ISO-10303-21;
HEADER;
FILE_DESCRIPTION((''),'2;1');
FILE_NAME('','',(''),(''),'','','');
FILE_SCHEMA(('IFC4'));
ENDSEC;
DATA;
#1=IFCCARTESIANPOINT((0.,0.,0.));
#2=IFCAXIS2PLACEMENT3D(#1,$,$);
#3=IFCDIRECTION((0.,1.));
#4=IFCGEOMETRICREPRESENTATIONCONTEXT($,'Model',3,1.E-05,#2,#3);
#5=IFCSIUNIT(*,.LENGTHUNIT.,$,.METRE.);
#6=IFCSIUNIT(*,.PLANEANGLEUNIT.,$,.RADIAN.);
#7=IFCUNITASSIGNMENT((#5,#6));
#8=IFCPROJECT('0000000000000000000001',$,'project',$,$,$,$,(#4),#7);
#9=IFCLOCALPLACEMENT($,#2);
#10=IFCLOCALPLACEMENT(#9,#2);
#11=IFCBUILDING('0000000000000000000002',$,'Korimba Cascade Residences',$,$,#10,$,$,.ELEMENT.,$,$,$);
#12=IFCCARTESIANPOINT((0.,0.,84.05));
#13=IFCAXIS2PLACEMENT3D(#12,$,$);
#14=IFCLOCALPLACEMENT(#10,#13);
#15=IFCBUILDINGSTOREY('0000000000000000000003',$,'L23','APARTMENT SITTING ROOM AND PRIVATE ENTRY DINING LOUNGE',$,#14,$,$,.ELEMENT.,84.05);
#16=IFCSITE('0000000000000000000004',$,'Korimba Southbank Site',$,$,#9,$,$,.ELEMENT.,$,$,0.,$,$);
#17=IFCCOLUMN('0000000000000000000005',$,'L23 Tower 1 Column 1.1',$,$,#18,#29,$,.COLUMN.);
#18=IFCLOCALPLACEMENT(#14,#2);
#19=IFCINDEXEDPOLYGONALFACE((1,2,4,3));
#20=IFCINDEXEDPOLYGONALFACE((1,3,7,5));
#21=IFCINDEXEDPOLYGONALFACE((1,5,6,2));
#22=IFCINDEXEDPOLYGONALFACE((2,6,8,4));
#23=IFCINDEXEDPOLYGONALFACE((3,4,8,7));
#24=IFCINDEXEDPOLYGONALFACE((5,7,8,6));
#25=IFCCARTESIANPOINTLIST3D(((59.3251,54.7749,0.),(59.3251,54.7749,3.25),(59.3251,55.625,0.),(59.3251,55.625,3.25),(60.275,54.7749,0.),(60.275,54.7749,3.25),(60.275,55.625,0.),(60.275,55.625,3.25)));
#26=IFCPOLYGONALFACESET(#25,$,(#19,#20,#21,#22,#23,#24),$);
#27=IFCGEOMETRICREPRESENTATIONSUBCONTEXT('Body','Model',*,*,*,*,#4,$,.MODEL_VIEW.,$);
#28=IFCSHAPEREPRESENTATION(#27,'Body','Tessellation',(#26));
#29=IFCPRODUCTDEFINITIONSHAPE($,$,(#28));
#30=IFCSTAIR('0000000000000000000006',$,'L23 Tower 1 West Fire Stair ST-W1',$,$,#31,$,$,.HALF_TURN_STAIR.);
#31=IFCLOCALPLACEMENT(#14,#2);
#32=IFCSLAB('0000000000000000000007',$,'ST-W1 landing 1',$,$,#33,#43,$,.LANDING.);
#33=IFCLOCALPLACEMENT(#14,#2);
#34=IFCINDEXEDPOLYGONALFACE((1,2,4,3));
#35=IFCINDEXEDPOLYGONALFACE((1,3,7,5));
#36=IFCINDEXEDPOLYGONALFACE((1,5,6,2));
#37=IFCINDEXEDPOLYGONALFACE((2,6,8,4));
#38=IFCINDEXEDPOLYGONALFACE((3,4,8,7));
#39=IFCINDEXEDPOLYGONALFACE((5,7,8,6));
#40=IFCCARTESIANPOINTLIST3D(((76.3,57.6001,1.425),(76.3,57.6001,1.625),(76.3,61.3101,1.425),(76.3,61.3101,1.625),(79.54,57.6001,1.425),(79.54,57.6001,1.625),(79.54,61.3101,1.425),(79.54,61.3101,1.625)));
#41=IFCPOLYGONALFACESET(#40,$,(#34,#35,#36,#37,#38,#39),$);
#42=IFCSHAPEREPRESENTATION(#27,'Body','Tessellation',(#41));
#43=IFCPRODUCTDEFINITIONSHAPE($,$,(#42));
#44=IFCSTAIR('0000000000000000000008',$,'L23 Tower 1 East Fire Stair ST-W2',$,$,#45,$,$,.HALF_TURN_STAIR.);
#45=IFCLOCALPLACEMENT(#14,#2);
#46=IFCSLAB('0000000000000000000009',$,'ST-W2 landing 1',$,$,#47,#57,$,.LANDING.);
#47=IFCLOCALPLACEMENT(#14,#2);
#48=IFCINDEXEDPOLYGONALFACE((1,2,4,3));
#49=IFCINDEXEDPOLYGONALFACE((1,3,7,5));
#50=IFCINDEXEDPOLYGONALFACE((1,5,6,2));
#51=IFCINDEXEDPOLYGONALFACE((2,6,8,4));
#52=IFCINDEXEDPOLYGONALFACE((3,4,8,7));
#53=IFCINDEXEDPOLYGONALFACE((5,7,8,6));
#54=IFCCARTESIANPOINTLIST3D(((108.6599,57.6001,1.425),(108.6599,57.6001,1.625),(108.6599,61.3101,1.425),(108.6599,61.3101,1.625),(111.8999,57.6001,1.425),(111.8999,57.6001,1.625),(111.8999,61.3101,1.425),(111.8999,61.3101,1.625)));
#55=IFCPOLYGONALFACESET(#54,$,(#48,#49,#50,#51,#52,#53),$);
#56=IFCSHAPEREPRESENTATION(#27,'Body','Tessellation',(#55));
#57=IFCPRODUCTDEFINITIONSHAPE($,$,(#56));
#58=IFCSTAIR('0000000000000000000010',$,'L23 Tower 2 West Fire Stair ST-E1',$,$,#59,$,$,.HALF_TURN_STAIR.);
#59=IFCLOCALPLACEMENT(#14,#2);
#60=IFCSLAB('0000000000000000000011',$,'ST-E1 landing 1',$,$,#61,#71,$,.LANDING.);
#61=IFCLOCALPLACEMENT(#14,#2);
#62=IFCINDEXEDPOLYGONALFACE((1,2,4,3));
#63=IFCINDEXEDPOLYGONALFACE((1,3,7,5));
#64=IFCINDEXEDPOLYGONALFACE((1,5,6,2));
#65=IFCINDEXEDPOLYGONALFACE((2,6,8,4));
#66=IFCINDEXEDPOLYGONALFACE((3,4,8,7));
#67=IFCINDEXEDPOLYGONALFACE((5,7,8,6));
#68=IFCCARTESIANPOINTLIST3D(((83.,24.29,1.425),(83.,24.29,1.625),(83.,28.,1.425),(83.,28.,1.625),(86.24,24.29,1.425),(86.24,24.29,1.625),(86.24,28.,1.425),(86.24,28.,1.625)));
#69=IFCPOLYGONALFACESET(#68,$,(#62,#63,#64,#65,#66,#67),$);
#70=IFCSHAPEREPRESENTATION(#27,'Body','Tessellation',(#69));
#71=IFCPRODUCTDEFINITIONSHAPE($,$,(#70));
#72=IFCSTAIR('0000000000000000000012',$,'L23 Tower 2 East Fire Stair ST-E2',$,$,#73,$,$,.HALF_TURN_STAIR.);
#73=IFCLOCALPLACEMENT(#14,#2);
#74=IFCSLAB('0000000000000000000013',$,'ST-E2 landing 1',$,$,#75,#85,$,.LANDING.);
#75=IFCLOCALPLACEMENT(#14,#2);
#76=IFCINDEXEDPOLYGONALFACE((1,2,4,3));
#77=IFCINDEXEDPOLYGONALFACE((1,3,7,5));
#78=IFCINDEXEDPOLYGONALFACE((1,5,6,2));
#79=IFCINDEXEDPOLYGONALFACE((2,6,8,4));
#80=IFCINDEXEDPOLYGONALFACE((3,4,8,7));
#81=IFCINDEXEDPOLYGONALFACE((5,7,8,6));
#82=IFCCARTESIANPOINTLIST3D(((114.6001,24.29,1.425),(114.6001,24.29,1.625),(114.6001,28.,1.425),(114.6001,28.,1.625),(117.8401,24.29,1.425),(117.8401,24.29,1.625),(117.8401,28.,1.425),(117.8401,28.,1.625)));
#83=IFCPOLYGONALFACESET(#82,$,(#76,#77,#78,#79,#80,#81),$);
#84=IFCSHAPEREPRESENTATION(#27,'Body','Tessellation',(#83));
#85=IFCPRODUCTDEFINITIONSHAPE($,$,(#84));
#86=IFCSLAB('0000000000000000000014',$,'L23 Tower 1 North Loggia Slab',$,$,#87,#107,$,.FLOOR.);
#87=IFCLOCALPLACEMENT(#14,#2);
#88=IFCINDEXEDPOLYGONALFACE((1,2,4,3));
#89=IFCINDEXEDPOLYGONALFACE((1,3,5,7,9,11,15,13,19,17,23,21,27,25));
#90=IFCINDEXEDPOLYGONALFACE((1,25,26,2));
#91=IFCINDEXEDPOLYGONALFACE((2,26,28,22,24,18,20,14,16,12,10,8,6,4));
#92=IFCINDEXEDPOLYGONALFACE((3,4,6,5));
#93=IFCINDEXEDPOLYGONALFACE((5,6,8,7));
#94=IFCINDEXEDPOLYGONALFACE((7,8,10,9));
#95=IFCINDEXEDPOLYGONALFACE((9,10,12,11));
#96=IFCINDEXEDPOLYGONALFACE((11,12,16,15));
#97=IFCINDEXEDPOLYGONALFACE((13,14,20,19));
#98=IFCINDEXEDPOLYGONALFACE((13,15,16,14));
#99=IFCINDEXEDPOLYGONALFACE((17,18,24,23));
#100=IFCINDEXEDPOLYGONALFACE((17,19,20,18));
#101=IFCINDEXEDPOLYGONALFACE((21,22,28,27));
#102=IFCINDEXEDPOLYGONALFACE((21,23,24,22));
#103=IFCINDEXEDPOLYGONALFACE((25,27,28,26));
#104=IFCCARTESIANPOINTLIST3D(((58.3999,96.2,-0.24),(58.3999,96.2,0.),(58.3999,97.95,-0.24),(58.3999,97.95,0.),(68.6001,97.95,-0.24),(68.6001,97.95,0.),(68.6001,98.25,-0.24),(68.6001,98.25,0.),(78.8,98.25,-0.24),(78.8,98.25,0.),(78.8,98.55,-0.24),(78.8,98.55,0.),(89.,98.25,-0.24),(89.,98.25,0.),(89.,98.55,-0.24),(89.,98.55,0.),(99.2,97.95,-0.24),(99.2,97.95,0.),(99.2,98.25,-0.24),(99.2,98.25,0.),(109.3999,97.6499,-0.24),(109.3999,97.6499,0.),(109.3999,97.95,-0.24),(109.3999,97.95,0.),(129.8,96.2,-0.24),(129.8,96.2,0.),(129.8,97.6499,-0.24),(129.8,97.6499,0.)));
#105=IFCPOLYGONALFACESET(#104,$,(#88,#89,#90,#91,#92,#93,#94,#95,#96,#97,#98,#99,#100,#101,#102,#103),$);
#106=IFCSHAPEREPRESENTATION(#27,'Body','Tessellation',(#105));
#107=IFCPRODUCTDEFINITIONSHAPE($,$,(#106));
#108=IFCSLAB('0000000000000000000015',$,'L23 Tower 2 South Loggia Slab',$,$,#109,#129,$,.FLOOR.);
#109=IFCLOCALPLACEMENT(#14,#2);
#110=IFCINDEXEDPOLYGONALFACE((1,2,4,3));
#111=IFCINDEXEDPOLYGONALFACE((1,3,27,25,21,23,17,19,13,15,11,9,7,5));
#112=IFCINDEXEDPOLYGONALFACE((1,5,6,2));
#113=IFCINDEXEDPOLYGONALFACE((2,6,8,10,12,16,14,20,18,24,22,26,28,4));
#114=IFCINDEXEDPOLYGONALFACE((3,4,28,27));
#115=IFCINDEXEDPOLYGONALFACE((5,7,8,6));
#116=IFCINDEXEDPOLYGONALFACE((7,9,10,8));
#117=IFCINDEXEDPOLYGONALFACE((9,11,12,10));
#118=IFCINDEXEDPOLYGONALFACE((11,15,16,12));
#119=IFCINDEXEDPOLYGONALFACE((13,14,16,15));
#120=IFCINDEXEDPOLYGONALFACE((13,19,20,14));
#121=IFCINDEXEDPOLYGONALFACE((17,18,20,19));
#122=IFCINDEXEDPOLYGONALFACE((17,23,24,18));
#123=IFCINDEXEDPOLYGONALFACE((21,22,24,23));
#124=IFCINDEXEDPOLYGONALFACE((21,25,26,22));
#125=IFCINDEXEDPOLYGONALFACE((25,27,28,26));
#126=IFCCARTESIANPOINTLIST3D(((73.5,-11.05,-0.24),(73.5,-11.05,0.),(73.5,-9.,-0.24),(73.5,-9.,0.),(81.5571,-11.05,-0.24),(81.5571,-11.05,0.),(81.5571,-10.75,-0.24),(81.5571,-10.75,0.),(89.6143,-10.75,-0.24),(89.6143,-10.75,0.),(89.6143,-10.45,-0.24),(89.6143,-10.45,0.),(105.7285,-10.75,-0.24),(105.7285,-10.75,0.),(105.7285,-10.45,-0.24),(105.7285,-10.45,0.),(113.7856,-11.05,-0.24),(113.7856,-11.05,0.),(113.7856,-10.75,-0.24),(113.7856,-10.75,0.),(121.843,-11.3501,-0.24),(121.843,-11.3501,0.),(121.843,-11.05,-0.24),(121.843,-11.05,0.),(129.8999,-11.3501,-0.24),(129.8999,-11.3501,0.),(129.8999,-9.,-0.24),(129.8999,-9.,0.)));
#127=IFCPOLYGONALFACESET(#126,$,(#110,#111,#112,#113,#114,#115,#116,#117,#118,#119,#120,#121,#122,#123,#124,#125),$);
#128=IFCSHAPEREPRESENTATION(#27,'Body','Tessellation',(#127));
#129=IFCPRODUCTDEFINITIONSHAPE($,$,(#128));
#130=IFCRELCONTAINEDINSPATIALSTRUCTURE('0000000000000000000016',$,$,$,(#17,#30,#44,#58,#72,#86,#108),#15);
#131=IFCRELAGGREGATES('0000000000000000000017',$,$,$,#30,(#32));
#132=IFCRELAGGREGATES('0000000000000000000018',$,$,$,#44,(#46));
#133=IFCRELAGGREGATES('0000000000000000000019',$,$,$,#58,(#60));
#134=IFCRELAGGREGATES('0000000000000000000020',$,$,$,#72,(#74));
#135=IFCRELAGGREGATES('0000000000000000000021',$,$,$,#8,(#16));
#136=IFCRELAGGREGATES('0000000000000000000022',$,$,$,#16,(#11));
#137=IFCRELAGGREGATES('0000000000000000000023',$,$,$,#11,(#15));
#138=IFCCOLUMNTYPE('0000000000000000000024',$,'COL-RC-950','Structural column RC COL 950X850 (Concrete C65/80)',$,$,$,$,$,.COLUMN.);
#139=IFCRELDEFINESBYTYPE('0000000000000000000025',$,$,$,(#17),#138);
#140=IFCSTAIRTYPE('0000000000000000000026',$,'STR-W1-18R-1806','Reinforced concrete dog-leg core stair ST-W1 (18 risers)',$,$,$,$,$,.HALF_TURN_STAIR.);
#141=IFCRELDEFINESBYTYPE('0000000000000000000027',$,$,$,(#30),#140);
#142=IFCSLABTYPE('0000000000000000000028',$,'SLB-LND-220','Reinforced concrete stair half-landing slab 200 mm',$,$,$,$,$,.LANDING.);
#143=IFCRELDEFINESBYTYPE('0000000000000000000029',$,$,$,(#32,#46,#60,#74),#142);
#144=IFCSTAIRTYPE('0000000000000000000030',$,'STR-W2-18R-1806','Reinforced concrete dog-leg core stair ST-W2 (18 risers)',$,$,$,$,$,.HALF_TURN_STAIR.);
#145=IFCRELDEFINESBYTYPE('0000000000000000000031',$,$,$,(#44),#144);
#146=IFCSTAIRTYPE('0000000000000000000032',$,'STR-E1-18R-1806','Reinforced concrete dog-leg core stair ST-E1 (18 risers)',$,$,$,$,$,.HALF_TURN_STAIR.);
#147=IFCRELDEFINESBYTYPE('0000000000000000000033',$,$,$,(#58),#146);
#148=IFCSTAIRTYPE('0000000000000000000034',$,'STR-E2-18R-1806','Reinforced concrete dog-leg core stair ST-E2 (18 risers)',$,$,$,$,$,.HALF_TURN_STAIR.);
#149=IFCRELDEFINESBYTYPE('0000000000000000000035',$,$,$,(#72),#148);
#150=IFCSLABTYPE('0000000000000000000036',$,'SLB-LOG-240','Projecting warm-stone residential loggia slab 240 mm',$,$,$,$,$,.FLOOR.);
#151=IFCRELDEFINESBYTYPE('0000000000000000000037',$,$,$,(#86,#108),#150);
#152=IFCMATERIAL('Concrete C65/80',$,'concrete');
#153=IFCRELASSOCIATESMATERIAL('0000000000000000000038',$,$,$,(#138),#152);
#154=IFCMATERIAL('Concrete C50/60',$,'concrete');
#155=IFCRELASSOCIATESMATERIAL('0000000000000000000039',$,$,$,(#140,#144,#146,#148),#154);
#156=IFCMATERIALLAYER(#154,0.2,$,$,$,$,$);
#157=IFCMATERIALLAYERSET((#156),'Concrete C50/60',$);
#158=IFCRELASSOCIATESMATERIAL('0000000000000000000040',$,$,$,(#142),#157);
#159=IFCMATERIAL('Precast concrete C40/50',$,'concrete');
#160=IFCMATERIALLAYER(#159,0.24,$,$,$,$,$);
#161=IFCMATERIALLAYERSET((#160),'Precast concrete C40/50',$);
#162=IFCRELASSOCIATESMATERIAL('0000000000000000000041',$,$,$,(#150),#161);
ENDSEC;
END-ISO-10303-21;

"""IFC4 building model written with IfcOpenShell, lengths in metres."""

from ifc_helpers import new_model, si_unit, direction, frame, origin, origin_2d, place, context, subcontext, project, spatial, polyline, rectangle, outline, extrude, material, layer, layer_set, material_profile, profile_set, type_object, element, aggregate, save


model = new_model("IFC4")

# Units and contexts
model_context = context("Model", 3, precision=1e-05, world=origin(), true_north=direction((0.0, 1.0)))
body_context = subcontext(model_context, "Body", "Model", "MODEL_VIEW")
ifc_project = project(units=[si_unit("LENGTHUNIT", "METRE"), si_unit("PLANEANGLEUNIT", "RADIAN")], contexts=[model_context])

# Site, building, storey
site_placement = place(None, origin())
site = spatial("IfcSite", under=ifc_project, at=site_placement, Name="Korimba Southbank Site", CompositionType="ELEMENT", RefElevation=0.0)
building_placement = place(site_placement, origin())
building = spatial("IfcBuilding", under=site, at=building_placement, Name="Korimba Cascade Residences", CompositionType="ELEMENT")
storey_placement = place(building_placement, frame((0.0, 0.0, 84.05)))
storey = spatial("IfcBuildingStorey", under=building, at=storey_placement, Name="L23", Description="APARTMENT SITTING ROOM AND PRIVATE ENTRY DINING LOUNGE", CompositionType="ELEMENT", Elevation=84.05)

# Column
ifc_material_1 = material(Name="Concrete C65/80", Category="concrete")
ifc_material_profile = material_profile(ifc_material_1, rectangle(XDim=0.95, YDim=0.8501, at=origin_2d()), Name="Concrete C65/80")
ifc_profile_set = profile_set([ifc_material_profile], Name="Concrete C65/80")
column_type = type_object("IfcColumnType", Name="COL-RC-950", Description="Structural column RC COL 950X850 (Concrete C65/80)", PredefinedType="COLUMN", material=ifc_profile_set)
column_placement = place(storey_placement, frame((59.8, 55.2, 0.0), z_axis=(0.0, 0.0, 1.0), x_axis=(1.0, 0.0, 0.0)))
element("IfcColumn", 1, at=column_placement, inside=storey, type_object=column_type, Name="L23 Tower 1 Column 1.1", PredefinedType="COLUMN", context=body_context, shape_type="SweptSolid", body=[
    extrude(rectangle(XDim=0.95, YDim=0.8501, at=origin_2d()), origin(), (0.0, 0.0, 1.0), 3.25),
])

# Stairs, slabs
ifc_material_2 = material(Name="Concrete C50/60", Category="concrete")
stair_type_1 = type_object("IfcStairType", Name="STR-W1-18R-1806", Description="Reinforced concrete dog-leg core stair ST-W1 (18 risers)", PredefinedType="HALF_TURN_STAIR", material=ifc_material_2)
stair_1_placement = place(storey_placement, origin())
stair_1 = element("IfcStair", 2, at=stair_1_placement, inside=storey, type_object=stair_type_1, Name="L23 Tower 1 West Fire Stair ST-W1", PredefinedType="HALF_TURN_STAIR")
ifc_layer_1 = layer(ifc_material_2, 0.2)
ifc_layer_set_1 = layer_set([ifc_layer_1], Name="Concrete C50/60")
slab_type_1 = type_object("IfcSlabType", Name="SLB-LND-220", Description="Reinforced concrete stair half-landing slab 200 mm", PredefinedType="LANDING", material=ifc_layer_set_1)
slab_1_placement = place(storey_placement, frame((0.0, 0.0, 1.425)))
slab_1 = element("IfcSlab", 3, at=slab_1_placement, type_object=slab_type_1, Name="ST-W1 landing 1", PredefinedType="LANDING", context=body_context, shape_type="SweptSolid", body=[
    extrude(outline(polyline([(76.3, 61.3101), (76.3, 57.6001), (79.54, 57.6001), (79.54, 61.3101), (76.3, 61.3101)])), origin(), (0.0, 0.0, 1.0), 0.2),
])
aggregate(stair_1, [slab_1])
stair_type_2 = type_object("IfcStairType", Name="STR-W2-18R-1806", Description="Reinforced concrete dog-leg core stair ST-W2 (18 risers)", PredefinedType="HALF_TURN_STAIR", material=ifc_material_2)
stair_2_placement = place(storey_placement, origin())
stair_2 = element("IfcStair", 4, at=stair_2_placement, inside=storey, type_object=stair_type_2, Name="L23 Tower 1 East Fire Stair ST-W2", PredefinedType="HALF_TURN_STAIR")
slab_2_placement = place(storey_placement, frame((0.0, 0.0, 1.425)))
slab_2 = element("IfcSlab", 5, at=slab_2_placement, type_object=slab_type_1, Name="ST-W2 landing 1", PredefinedType="LANDING", context=body_context, shape_type="SweptSolid", body=[
    extrude(outline(polyline([(108.6599, 61.3101), (108.6599, 57.6001), (111.8999, 57.6001), (111.8999, 61.3101), (108.6599, 61.3101)])), origin(), (0.0, 0.0, 1.0), 0.2),
])
aggregate(stair_2, [slab_2])
stair_type_3 = type_object("IfcStairType", Name="STR-E1-18R-1806", Description="Reinforced concrete dog-leg core stair ST-E1 (18 risers)", PredefinedType="HALF_TURN_STAIR", material=ifc_material_2)
stair_3_placement = place(storey_placement, origin())
stair_3 = element("IfcStair", 6, at=stair_3_placement, inside=storey, type_object=stair_type_3, Name="L23 Tower 2 West Fire Stair ST-E1", PredefinedType="HALF_TURN_STAIR")
slab_3_placement = place(storey_placement, frame((0.0, 0.0, 1.425)))
slab_3 = element("IfcSlab", 7, at=slab_3_placement, type_object=slab_type_1, Name="ST-E1 landing 1", PredefinedType="LANDING", context=body_context, shape_type="SweptSolid", body=[
    extrude(outline(polyline([(86.24, 24.29), (86.24, 28.0), (83.0, 28.0), (83.0, 24.29), (86.24, 24.29)])), origin(), (0.0, 0.0, 1.0), 0.2),
])
aggregate(stair_3, [slab_3])
stair_type_4 = type_object("IfcStairType", Name="STR-E2-18R-1806", Description="Reinforced concrete dog-leg core stair ST-E2 (18 risers)", PredefinedType="HALF_TURN_STAIR", material=ifc_material_2)
stair_4_placement = place(storey_placement, origin())
stair_4 = element("IfcStair", 8, at=stair_4_placement, inside=storey, type_object=stair_type_4, Name="L23 Tower 2 East Fire Stair ST-E2", PredefinedType="HALF_TURN_STAIR")
slab_4_placement = place(storey_placement, frame((0.0, 0.0, 1.425)))
slab_4 = element("IfcSlab", 9, at=slab_4_placement, type_object=slab_type_1, Name="ST-E2 landing 1", PredefinedType="LANDING", context=body_context, shape_type="SweptSolid", body=[
    extrude(outline(polyline([(117.8401, 24.29), (117.8401, 28.0), (114.6001, 28.0), (114.6001, 24.29), (117.8401, 24.29)])), origin(), (0.0, 0.0, 1.0), 0.2),
])
aggregate(stair_4, [slab_4])

# Slabs
ifc_material_3 = material(Name="Precast concrete C40/50", Category="concrete")
ifc_layer_2 = layer(ifc_material_3, 0.24)
ifc_layer_set_2 = layer_set([ifc_layer_2], Name="Precast concrete C40/50")
slab_type_2 = type_object("IfcSlabType", Name="SLB-LOG-240", Description="Projecting warm-stone residential loggia slab 240 mm", PredefinedType="FLOOR", material=ifc_layer_set_2)
slab_5_placement = place(storey_placement, frame((0.0, 0.0, -0.24)))
element("IfcSlab", 10, at=slab_5_placement, inside=storey, type_object=slab_type_2, Name="L23 Tower 1 North Loggia Slab", PredefinedType="FLOOR", context=body_context, shape_type="SweptSolid", body=[
    extrude(outline(polyline([(58.3999, 96.2), (129.8, 96.2), (129.8, 97.6499), (109.3999, 97.6499), (109.3999, 97.95), (99.2, 97.95), (99.2, 98.25), (89.0, 98.25), (89.0, 98.55), (78.8, 98.55), (78.8, 98.25), (68.6001, 98.25), (68.6001, 97.95), (58.3999, 97.95), (58.3999, 96.2)])), origin(), (0.0, 0.0, 1.0), 0.24),
])
slab_6_placement = place(storey_placement, frame((0.0, 0.0, -0.24)))
element("IfcSlab", 11, at=slab_6_placement, inside=storey, type_object=slab_type_2, Name="L23 Tower 2 South Loggia Slab", PredefinedType="FLOOR", context=body_context, shape_type="SweptSolid", body=[
    extrude(outline(polyline([(73.5, -11.05), (81.5571, -11.05), (81.5571, -10.75), (89.6143, -10.75), (89.6143, -10.45), (105.7285, -10.45), (105.7285, -10.75), (113.7856, -10.75), (113.7856, -11.05), (121.843, -11.05), (121.843, -11.3501), (129.8999, -11.3501), (129.8999, -9.0), (73.5, -9.0), (73.5, -11.05)])), origin(), (0.0, 0.0, 1.0), 0.24),
])

save(model, "model.ifc")
